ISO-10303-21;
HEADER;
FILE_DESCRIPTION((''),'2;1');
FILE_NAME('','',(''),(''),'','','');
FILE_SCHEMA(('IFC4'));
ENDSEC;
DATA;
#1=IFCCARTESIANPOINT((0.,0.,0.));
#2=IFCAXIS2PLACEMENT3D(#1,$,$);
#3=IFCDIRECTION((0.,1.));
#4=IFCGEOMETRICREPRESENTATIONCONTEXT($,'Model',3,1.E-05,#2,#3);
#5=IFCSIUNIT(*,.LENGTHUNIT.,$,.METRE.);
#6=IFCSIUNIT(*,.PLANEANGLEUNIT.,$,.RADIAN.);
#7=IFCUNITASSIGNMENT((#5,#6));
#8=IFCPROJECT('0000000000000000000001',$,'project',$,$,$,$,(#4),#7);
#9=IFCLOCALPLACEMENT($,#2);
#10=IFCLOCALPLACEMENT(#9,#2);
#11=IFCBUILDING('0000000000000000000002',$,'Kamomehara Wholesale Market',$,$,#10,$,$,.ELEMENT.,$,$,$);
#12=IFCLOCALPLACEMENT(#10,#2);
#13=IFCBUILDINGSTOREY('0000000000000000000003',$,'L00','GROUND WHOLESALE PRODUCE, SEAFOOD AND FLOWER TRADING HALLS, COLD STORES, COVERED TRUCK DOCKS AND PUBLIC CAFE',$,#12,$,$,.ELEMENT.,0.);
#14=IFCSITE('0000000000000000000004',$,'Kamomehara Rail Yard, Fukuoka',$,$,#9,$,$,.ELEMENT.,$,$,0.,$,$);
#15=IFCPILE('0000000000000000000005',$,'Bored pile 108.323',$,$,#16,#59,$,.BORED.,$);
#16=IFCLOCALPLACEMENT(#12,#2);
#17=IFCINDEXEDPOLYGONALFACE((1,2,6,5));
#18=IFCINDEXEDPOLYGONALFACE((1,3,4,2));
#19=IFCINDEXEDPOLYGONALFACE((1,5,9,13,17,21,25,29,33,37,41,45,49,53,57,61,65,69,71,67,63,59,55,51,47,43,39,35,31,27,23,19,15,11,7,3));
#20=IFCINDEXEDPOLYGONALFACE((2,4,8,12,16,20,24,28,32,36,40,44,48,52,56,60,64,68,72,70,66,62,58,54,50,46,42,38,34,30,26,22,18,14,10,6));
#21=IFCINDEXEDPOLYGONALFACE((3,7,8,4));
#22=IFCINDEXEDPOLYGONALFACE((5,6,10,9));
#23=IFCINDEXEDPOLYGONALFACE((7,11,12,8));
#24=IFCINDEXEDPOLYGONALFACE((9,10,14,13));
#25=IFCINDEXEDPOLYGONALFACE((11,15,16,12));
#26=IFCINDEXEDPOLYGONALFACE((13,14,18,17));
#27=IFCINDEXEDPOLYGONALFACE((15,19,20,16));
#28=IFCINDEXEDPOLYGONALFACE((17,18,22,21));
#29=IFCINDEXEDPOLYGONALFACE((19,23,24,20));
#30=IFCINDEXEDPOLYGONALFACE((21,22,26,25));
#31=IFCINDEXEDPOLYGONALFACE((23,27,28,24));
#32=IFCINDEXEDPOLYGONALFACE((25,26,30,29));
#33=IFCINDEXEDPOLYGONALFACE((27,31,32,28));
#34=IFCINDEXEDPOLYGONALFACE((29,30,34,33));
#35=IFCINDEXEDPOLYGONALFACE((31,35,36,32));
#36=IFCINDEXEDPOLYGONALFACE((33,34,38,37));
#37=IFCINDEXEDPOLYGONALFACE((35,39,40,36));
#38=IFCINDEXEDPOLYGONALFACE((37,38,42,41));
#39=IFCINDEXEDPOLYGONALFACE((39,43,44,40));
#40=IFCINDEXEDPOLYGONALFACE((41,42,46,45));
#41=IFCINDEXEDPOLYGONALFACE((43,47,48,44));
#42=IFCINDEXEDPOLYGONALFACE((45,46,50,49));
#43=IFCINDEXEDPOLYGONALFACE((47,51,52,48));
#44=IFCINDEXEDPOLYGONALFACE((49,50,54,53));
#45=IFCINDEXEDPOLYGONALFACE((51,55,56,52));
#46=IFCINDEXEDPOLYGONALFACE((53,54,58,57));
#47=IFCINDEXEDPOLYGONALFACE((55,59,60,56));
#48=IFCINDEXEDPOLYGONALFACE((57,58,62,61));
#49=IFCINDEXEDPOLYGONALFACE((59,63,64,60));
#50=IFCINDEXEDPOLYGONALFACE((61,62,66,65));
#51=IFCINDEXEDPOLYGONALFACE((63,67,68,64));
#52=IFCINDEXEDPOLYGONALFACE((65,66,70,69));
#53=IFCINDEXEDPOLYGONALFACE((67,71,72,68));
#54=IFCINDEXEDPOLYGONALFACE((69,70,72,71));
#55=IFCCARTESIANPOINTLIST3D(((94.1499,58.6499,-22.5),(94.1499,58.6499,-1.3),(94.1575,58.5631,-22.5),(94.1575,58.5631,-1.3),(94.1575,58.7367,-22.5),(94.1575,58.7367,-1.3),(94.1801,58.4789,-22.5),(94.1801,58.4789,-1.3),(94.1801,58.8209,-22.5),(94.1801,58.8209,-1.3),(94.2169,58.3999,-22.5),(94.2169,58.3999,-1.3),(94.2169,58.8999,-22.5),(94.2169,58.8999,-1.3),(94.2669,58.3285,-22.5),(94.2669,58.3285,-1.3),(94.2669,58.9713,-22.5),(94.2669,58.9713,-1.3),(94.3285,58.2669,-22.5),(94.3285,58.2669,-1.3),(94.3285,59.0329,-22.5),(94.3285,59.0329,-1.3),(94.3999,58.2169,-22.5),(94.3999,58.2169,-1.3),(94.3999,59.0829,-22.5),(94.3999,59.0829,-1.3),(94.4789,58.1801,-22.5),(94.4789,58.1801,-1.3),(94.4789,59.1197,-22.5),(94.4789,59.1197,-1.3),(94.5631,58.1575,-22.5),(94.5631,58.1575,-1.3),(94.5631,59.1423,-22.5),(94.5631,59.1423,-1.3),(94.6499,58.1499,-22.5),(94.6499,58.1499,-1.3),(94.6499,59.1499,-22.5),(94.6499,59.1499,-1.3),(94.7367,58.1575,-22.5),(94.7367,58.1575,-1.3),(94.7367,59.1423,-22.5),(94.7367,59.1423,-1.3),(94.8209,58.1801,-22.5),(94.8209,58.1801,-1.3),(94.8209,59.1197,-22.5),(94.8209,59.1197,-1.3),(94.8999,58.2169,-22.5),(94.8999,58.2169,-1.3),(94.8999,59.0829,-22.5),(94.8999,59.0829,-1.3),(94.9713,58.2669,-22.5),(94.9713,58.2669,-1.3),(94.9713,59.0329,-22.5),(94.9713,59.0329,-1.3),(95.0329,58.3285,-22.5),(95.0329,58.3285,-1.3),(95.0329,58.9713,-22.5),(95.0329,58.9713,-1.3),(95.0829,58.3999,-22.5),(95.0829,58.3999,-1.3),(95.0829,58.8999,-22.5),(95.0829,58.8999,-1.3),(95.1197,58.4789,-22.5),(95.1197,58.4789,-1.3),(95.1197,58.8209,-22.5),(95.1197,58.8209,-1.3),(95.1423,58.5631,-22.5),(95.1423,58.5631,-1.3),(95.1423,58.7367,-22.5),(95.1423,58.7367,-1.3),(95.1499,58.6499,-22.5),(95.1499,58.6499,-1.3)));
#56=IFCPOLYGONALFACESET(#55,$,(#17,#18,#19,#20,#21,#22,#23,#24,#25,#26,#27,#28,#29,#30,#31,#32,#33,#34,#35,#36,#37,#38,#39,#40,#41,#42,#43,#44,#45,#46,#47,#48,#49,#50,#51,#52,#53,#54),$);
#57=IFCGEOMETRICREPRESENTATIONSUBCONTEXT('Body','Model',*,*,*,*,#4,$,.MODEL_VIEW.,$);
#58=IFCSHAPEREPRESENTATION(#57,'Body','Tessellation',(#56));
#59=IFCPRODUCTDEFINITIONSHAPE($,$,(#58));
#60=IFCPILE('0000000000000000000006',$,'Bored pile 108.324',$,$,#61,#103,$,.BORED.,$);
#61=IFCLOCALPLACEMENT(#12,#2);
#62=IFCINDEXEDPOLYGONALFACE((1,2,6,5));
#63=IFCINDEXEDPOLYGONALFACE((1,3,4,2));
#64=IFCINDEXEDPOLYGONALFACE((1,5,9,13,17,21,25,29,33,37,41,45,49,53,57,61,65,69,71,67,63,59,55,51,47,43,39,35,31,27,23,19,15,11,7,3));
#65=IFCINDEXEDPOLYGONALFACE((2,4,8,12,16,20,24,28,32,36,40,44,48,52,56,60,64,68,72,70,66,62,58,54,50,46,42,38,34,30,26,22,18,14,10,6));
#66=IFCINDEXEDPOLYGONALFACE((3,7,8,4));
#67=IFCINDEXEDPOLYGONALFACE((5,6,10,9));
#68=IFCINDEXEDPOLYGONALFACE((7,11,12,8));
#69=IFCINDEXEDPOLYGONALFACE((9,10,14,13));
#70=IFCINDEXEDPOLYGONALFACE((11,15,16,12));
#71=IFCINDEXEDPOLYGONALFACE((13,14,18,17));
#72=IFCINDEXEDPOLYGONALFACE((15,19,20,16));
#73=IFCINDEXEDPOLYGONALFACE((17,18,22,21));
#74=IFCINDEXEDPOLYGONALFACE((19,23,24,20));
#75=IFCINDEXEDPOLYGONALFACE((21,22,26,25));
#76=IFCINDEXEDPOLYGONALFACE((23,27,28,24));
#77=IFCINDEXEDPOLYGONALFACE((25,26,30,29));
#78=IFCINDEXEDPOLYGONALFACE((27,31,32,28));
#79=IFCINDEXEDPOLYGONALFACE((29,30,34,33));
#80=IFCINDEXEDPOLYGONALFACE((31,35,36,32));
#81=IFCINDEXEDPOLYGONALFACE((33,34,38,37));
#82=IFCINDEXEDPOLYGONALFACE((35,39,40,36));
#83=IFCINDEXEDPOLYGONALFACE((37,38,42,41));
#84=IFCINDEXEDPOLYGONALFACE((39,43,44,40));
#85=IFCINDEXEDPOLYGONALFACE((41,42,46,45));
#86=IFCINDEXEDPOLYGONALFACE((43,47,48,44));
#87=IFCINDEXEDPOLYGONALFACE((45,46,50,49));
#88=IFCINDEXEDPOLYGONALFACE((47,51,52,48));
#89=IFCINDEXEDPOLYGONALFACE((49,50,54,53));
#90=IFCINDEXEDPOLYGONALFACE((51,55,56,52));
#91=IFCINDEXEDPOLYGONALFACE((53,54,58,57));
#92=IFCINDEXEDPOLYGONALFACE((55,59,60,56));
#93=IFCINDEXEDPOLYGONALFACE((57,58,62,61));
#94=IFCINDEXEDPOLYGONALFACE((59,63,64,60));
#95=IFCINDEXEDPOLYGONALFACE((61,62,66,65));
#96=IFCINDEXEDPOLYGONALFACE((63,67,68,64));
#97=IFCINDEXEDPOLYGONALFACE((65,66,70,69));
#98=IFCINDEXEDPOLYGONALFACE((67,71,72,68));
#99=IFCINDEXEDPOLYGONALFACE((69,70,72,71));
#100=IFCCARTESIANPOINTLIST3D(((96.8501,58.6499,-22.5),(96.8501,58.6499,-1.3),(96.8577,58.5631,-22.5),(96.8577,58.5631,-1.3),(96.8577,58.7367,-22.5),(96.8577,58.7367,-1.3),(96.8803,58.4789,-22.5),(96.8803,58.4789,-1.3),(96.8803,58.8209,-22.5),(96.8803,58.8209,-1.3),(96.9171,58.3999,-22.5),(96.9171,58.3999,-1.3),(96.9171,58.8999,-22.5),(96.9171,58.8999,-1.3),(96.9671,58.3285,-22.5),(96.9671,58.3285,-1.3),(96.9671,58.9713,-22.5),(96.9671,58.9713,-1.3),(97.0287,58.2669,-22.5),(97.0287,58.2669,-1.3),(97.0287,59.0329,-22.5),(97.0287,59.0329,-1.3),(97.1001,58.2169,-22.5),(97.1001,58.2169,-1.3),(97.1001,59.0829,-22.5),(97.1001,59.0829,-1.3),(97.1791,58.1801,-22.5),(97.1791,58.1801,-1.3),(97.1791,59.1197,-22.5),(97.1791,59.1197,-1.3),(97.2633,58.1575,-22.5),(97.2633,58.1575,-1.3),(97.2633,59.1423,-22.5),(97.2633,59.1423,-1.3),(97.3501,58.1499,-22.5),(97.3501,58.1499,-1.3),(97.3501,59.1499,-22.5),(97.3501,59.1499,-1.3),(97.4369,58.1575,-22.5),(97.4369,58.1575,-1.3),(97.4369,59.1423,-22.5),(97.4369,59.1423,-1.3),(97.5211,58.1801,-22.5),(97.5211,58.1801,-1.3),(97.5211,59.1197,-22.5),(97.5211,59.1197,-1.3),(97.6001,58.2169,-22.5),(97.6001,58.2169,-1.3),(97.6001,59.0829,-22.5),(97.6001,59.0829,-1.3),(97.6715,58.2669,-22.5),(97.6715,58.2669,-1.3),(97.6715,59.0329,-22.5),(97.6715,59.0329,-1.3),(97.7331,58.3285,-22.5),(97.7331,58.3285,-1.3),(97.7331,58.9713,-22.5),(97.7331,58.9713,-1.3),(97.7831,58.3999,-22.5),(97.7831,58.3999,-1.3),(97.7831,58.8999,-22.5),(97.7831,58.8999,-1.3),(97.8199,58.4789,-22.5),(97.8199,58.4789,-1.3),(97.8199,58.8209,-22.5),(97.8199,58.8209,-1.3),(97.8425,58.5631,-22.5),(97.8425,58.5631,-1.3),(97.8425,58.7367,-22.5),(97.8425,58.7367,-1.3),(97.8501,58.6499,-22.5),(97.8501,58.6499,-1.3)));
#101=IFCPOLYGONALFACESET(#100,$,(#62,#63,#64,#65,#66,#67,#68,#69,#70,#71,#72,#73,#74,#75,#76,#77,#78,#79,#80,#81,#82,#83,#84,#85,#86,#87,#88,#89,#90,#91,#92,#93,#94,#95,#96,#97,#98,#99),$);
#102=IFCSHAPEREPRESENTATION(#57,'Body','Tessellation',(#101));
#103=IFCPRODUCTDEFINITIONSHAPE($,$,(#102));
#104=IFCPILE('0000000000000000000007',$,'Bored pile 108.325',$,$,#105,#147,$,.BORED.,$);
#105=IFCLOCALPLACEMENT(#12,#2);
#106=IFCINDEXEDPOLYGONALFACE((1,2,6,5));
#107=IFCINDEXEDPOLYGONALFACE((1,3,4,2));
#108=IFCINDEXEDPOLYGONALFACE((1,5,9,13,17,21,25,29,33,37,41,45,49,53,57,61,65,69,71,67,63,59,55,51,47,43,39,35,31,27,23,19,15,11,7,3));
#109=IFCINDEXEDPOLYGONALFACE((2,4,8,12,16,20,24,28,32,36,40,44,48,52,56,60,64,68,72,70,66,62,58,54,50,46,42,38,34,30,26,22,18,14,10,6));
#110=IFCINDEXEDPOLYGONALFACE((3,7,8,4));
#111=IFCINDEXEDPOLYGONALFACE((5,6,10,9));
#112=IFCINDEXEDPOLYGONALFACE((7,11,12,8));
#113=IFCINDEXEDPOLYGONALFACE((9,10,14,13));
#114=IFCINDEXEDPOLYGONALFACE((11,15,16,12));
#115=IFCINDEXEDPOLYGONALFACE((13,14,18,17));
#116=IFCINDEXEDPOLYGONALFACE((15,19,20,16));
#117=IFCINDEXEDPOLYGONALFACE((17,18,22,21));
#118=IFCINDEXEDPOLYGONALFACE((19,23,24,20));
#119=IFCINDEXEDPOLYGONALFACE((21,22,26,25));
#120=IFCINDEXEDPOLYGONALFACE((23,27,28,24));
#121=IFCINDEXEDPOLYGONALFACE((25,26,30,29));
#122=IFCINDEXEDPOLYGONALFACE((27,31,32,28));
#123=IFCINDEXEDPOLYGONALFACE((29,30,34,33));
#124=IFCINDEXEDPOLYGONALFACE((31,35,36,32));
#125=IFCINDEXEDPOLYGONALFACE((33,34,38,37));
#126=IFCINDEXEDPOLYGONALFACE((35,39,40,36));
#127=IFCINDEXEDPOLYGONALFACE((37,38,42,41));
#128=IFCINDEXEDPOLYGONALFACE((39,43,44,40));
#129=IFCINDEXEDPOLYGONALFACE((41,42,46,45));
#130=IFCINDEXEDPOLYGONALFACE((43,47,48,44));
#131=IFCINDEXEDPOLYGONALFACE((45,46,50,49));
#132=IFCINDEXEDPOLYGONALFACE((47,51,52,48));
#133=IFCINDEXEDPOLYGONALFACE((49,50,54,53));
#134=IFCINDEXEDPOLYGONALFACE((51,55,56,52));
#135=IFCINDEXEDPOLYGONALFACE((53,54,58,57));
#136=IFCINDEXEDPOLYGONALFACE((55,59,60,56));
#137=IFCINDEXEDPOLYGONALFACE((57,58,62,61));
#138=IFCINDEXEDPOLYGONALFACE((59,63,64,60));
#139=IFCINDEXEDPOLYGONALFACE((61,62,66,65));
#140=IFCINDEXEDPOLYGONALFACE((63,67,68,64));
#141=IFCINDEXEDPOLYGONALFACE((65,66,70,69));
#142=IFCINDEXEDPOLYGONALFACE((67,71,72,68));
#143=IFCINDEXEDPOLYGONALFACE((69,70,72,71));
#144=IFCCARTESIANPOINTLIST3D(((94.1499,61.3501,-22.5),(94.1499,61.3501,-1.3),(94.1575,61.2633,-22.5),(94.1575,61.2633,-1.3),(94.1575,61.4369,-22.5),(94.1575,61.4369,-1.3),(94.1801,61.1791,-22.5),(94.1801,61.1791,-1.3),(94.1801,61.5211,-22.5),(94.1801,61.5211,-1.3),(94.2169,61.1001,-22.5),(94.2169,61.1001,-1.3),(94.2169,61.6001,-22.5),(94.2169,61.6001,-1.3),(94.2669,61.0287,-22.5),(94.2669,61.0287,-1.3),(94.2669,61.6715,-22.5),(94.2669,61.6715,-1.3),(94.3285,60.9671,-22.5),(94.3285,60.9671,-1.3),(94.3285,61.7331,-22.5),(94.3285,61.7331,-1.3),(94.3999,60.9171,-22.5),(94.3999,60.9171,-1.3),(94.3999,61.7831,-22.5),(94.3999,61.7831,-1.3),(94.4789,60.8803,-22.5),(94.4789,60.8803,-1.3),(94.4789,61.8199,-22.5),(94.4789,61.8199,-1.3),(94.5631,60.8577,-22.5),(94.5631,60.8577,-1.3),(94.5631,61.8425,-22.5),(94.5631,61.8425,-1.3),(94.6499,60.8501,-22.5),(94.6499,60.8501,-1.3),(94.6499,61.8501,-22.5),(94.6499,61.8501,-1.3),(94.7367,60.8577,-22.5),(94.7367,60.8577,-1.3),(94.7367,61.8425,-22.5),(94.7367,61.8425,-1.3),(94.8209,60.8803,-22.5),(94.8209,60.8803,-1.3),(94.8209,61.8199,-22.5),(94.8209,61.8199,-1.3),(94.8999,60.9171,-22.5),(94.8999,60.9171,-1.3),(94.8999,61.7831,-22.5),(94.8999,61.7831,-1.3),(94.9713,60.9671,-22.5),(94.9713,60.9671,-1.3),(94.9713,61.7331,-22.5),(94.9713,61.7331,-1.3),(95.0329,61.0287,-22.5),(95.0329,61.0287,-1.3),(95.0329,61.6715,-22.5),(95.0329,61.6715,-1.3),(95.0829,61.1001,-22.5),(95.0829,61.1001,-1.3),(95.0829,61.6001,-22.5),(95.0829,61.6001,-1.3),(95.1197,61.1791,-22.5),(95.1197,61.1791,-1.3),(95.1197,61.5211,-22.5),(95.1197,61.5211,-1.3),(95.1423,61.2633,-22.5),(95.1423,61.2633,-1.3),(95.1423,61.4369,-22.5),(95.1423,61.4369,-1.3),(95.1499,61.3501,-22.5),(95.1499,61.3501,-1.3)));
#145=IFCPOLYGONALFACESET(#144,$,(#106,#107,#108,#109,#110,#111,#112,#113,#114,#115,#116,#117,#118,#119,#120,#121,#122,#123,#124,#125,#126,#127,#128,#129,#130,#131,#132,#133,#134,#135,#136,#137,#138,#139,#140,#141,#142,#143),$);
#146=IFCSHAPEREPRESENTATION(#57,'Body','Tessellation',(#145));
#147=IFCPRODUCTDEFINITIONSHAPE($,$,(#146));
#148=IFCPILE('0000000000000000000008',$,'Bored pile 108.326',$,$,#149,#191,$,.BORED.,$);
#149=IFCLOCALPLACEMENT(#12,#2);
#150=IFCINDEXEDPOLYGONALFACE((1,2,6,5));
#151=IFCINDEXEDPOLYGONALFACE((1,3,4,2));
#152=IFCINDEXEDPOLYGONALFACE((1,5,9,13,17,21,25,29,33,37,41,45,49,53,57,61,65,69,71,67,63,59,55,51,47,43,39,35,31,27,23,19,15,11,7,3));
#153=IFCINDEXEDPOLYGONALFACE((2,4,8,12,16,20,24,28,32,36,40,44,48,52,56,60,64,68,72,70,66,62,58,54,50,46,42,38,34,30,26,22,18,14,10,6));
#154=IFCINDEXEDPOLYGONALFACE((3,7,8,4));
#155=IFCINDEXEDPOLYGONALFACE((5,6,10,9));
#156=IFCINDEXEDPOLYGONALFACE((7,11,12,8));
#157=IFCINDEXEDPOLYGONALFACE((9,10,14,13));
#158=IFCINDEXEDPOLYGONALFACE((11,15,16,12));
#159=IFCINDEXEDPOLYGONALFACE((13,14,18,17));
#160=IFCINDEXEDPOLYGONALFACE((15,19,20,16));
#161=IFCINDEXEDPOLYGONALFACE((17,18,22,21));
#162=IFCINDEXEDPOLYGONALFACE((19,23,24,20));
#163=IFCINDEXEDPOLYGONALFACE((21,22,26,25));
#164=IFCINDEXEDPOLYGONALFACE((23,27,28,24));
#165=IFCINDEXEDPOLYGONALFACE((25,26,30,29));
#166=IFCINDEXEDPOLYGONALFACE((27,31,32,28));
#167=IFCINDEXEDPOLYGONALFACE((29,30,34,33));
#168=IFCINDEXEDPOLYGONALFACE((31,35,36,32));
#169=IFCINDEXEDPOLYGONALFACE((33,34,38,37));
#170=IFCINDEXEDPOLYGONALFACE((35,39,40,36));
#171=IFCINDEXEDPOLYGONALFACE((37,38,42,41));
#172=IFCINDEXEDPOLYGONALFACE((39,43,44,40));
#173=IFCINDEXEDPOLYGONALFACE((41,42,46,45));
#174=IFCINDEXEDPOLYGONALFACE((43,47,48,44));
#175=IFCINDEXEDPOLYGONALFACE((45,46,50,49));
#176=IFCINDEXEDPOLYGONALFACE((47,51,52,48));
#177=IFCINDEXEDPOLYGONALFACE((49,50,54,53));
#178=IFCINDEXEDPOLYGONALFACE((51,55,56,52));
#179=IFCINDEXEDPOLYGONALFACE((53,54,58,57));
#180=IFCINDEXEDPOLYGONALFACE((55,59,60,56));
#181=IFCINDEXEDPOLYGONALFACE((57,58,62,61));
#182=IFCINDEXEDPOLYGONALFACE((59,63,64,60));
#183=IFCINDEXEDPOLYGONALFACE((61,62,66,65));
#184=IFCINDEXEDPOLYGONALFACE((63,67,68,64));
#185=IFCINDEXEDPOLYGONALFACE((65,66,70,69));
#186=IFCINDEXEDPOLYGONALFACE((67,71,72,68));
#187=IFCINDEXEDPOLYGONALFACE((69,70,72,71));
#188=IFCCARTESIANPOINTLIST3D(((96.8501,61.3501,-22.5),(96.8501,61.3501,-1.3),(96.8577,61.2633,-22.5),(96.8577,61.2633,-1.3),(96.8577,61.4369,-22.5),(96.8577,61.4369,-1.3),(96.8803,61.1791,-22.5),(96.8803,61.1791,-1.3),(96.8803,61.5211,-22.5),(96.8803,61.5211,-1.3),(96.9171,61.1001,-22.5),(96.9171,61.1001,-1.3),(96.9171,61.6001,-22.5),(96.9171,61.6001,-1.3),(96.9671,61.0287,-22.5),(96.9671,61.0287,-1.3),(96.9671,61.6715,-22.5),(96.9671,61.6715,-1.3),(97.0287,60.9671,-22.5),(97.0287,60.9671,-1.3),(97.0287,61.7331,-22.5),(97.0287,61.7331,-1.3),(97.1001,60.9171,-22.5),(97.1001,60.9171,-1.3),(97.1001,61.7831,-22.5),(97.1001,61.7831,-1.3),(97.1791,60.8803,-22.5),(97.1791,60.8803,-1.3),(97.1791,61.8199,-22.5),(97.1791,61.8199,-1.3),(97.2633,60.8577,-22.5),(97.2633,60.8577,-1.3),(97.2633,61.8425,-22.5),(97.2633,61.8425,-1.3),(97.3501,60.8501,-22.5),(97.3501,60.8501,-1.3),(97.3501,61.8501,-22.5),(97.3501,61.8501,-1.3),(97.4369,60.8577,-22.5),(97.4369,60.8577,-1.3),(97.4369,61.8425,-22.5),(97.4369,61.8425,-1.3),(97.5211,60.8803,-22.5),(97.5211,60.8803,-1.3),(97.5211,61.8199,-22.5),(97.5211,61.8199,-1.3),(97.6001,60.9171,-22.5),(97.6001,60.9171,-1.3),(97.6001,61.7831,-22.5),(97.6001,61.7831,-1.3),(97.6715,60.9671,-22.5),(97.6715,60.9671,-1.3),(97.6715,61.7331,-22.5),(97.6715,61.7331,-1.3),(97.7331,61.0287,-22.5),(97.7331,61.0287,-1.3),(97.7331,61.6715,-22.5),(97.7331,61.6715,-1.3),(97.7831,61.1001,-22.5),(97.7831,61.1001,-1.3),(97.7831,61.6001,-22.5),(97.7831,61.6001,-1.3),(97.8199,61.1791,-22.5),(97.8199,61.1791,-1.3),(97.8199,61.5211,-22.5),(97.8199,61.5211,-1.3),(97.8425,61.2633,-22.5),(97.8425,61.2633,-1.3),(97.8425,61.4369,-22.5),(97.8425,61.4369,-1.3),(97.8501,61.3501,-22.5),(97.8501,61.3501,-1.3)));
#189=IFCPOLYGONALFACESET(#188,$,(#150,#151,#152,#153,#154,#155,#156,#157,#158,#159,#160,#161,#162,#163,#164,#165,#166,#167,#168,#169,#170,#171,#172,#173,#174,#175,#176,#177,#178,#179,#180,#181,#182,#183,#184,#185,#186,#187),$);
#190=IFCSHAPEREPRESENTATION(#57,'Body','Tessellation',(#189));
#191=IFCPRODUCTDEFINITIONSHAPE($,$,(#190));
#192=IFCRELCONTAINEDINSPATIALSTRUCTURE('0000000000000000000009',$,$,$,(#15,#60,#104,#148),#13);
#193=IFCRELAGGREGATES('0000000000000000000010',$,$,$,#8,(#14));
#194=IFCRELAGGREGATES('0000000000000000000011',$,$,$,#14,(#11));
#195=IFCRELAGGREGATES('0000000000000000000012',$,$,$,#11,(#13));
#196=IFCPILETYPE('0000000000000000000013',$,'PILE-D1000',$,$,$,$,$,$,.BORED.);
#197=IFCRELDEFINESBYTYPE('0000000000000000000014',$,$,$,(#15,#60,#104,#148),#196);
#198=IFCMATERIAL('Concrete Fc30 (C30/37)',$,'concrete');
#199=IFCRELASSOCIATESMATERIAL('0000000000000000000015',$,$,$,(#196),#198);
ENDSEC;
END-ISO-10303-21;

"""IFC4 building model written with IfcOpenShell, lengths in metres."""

from ifc_helpers import new_model, si_unit, direction, frame, origin, origin_2d, place, context, subcontext, project, spatial, circle, extrude, material, material_profile, profile_set, type_object, element, save


model = new_model("IFC4")

# Units and contexts
model_context = context("Model", 3, precision=1e-05, world=origin(), true_north=direction((0.0, 1.0)))
body_context = subcontext(model_context, "Body", "Model", "MODEL_VIEW")
ifc_project = project(units=[si_unit("LENGTHUNIT", "METRE"), si_unit("PLANEANGLEUNIT", "RADIAN")], contexts=[model_context])

# Site, building, storey
site_placement = place(None, origin())
site = spatial("IfcSite", under=ifc_project, at=site_placement, Name="Kamomehara Rail Yard, Fukuoka", CompositionType="ELEMENT", RefElevation=0.0)
building_placement = place(site_placement, origin())
building = spatial("IfcBuilding", under=site, at=building_placement, Name="Kamomehara Wholesale Market", CompositionType="ELEMENT")
storey_placement = place(building_placement, origin())
storey = spatial("IfcBuildingStorey", under=building, at=storey_placement, Name="L00", Description="GROUND WHOLESALE PRODUCE, SEAFOOD AND FLOWER TRADING HALLS, COLD STORES, COVERED TRUCK DOCKS AND PUBLIC CAFE", CompositionType="ELEMENT", Elevation=0.0)

# Piles
ifc_material_1 = material(Name="Concrete Fc30 (C30/37)", Category="concrete")
ifc_material_profile_1 = material_profile(ifc_material_1, circle(Radius=0.5, at=origin_2d()), Name="RC-PILE-D1000")
ifc_profile_set_1 = profile_set([ifc_material_profile_1], Name="Concrete Fc30 (C30/37)")
pile_type_1 = type_object("IfcPileType", Name="PILE-D1000", PredefinedType="BORED", material=ifc_profile_set_1)
for number, where, z_axis, x_axis, name in (
    (1, (94.6499, 58.6499, -1.3), (0.0, 0.0, -1.0), (1.0, 0.0, 0.0), "Bored pile 108.323"),
    (2, (97.3501, 58.6499, -1.3), (0.0, 0.0, -1.0), (1.0, 0.0, 0.0), "Bored pile 108.324"),
    (3, (94.6499, 61.3501, -1.3), (0.0, 0.0, -1.0), (1.0, 0.0, 0.0), "Bored pile 108.325"),
    (4, (97.3501, 61.3501, -1.3), (0.0, 0.0, -1.0), (1.0, 0.0, 0.0), "Bored pile 108.326"),
):
    element("IfcPile", number, at=place(storey_placement, frame(where, z_axis=z_axis, x_axis=x_axis)), inside=storey, type_object=pile_type_1, Name=name, PredefinedType="BORED", context=body_context, shape_type="SweptSolid", body=[
        extrude(circle(Radius=0.5, at=origin_2d()), origin(), (0.0, 0.0, 1.0), 21.2),
    ])

save(model, "model.ifc")
